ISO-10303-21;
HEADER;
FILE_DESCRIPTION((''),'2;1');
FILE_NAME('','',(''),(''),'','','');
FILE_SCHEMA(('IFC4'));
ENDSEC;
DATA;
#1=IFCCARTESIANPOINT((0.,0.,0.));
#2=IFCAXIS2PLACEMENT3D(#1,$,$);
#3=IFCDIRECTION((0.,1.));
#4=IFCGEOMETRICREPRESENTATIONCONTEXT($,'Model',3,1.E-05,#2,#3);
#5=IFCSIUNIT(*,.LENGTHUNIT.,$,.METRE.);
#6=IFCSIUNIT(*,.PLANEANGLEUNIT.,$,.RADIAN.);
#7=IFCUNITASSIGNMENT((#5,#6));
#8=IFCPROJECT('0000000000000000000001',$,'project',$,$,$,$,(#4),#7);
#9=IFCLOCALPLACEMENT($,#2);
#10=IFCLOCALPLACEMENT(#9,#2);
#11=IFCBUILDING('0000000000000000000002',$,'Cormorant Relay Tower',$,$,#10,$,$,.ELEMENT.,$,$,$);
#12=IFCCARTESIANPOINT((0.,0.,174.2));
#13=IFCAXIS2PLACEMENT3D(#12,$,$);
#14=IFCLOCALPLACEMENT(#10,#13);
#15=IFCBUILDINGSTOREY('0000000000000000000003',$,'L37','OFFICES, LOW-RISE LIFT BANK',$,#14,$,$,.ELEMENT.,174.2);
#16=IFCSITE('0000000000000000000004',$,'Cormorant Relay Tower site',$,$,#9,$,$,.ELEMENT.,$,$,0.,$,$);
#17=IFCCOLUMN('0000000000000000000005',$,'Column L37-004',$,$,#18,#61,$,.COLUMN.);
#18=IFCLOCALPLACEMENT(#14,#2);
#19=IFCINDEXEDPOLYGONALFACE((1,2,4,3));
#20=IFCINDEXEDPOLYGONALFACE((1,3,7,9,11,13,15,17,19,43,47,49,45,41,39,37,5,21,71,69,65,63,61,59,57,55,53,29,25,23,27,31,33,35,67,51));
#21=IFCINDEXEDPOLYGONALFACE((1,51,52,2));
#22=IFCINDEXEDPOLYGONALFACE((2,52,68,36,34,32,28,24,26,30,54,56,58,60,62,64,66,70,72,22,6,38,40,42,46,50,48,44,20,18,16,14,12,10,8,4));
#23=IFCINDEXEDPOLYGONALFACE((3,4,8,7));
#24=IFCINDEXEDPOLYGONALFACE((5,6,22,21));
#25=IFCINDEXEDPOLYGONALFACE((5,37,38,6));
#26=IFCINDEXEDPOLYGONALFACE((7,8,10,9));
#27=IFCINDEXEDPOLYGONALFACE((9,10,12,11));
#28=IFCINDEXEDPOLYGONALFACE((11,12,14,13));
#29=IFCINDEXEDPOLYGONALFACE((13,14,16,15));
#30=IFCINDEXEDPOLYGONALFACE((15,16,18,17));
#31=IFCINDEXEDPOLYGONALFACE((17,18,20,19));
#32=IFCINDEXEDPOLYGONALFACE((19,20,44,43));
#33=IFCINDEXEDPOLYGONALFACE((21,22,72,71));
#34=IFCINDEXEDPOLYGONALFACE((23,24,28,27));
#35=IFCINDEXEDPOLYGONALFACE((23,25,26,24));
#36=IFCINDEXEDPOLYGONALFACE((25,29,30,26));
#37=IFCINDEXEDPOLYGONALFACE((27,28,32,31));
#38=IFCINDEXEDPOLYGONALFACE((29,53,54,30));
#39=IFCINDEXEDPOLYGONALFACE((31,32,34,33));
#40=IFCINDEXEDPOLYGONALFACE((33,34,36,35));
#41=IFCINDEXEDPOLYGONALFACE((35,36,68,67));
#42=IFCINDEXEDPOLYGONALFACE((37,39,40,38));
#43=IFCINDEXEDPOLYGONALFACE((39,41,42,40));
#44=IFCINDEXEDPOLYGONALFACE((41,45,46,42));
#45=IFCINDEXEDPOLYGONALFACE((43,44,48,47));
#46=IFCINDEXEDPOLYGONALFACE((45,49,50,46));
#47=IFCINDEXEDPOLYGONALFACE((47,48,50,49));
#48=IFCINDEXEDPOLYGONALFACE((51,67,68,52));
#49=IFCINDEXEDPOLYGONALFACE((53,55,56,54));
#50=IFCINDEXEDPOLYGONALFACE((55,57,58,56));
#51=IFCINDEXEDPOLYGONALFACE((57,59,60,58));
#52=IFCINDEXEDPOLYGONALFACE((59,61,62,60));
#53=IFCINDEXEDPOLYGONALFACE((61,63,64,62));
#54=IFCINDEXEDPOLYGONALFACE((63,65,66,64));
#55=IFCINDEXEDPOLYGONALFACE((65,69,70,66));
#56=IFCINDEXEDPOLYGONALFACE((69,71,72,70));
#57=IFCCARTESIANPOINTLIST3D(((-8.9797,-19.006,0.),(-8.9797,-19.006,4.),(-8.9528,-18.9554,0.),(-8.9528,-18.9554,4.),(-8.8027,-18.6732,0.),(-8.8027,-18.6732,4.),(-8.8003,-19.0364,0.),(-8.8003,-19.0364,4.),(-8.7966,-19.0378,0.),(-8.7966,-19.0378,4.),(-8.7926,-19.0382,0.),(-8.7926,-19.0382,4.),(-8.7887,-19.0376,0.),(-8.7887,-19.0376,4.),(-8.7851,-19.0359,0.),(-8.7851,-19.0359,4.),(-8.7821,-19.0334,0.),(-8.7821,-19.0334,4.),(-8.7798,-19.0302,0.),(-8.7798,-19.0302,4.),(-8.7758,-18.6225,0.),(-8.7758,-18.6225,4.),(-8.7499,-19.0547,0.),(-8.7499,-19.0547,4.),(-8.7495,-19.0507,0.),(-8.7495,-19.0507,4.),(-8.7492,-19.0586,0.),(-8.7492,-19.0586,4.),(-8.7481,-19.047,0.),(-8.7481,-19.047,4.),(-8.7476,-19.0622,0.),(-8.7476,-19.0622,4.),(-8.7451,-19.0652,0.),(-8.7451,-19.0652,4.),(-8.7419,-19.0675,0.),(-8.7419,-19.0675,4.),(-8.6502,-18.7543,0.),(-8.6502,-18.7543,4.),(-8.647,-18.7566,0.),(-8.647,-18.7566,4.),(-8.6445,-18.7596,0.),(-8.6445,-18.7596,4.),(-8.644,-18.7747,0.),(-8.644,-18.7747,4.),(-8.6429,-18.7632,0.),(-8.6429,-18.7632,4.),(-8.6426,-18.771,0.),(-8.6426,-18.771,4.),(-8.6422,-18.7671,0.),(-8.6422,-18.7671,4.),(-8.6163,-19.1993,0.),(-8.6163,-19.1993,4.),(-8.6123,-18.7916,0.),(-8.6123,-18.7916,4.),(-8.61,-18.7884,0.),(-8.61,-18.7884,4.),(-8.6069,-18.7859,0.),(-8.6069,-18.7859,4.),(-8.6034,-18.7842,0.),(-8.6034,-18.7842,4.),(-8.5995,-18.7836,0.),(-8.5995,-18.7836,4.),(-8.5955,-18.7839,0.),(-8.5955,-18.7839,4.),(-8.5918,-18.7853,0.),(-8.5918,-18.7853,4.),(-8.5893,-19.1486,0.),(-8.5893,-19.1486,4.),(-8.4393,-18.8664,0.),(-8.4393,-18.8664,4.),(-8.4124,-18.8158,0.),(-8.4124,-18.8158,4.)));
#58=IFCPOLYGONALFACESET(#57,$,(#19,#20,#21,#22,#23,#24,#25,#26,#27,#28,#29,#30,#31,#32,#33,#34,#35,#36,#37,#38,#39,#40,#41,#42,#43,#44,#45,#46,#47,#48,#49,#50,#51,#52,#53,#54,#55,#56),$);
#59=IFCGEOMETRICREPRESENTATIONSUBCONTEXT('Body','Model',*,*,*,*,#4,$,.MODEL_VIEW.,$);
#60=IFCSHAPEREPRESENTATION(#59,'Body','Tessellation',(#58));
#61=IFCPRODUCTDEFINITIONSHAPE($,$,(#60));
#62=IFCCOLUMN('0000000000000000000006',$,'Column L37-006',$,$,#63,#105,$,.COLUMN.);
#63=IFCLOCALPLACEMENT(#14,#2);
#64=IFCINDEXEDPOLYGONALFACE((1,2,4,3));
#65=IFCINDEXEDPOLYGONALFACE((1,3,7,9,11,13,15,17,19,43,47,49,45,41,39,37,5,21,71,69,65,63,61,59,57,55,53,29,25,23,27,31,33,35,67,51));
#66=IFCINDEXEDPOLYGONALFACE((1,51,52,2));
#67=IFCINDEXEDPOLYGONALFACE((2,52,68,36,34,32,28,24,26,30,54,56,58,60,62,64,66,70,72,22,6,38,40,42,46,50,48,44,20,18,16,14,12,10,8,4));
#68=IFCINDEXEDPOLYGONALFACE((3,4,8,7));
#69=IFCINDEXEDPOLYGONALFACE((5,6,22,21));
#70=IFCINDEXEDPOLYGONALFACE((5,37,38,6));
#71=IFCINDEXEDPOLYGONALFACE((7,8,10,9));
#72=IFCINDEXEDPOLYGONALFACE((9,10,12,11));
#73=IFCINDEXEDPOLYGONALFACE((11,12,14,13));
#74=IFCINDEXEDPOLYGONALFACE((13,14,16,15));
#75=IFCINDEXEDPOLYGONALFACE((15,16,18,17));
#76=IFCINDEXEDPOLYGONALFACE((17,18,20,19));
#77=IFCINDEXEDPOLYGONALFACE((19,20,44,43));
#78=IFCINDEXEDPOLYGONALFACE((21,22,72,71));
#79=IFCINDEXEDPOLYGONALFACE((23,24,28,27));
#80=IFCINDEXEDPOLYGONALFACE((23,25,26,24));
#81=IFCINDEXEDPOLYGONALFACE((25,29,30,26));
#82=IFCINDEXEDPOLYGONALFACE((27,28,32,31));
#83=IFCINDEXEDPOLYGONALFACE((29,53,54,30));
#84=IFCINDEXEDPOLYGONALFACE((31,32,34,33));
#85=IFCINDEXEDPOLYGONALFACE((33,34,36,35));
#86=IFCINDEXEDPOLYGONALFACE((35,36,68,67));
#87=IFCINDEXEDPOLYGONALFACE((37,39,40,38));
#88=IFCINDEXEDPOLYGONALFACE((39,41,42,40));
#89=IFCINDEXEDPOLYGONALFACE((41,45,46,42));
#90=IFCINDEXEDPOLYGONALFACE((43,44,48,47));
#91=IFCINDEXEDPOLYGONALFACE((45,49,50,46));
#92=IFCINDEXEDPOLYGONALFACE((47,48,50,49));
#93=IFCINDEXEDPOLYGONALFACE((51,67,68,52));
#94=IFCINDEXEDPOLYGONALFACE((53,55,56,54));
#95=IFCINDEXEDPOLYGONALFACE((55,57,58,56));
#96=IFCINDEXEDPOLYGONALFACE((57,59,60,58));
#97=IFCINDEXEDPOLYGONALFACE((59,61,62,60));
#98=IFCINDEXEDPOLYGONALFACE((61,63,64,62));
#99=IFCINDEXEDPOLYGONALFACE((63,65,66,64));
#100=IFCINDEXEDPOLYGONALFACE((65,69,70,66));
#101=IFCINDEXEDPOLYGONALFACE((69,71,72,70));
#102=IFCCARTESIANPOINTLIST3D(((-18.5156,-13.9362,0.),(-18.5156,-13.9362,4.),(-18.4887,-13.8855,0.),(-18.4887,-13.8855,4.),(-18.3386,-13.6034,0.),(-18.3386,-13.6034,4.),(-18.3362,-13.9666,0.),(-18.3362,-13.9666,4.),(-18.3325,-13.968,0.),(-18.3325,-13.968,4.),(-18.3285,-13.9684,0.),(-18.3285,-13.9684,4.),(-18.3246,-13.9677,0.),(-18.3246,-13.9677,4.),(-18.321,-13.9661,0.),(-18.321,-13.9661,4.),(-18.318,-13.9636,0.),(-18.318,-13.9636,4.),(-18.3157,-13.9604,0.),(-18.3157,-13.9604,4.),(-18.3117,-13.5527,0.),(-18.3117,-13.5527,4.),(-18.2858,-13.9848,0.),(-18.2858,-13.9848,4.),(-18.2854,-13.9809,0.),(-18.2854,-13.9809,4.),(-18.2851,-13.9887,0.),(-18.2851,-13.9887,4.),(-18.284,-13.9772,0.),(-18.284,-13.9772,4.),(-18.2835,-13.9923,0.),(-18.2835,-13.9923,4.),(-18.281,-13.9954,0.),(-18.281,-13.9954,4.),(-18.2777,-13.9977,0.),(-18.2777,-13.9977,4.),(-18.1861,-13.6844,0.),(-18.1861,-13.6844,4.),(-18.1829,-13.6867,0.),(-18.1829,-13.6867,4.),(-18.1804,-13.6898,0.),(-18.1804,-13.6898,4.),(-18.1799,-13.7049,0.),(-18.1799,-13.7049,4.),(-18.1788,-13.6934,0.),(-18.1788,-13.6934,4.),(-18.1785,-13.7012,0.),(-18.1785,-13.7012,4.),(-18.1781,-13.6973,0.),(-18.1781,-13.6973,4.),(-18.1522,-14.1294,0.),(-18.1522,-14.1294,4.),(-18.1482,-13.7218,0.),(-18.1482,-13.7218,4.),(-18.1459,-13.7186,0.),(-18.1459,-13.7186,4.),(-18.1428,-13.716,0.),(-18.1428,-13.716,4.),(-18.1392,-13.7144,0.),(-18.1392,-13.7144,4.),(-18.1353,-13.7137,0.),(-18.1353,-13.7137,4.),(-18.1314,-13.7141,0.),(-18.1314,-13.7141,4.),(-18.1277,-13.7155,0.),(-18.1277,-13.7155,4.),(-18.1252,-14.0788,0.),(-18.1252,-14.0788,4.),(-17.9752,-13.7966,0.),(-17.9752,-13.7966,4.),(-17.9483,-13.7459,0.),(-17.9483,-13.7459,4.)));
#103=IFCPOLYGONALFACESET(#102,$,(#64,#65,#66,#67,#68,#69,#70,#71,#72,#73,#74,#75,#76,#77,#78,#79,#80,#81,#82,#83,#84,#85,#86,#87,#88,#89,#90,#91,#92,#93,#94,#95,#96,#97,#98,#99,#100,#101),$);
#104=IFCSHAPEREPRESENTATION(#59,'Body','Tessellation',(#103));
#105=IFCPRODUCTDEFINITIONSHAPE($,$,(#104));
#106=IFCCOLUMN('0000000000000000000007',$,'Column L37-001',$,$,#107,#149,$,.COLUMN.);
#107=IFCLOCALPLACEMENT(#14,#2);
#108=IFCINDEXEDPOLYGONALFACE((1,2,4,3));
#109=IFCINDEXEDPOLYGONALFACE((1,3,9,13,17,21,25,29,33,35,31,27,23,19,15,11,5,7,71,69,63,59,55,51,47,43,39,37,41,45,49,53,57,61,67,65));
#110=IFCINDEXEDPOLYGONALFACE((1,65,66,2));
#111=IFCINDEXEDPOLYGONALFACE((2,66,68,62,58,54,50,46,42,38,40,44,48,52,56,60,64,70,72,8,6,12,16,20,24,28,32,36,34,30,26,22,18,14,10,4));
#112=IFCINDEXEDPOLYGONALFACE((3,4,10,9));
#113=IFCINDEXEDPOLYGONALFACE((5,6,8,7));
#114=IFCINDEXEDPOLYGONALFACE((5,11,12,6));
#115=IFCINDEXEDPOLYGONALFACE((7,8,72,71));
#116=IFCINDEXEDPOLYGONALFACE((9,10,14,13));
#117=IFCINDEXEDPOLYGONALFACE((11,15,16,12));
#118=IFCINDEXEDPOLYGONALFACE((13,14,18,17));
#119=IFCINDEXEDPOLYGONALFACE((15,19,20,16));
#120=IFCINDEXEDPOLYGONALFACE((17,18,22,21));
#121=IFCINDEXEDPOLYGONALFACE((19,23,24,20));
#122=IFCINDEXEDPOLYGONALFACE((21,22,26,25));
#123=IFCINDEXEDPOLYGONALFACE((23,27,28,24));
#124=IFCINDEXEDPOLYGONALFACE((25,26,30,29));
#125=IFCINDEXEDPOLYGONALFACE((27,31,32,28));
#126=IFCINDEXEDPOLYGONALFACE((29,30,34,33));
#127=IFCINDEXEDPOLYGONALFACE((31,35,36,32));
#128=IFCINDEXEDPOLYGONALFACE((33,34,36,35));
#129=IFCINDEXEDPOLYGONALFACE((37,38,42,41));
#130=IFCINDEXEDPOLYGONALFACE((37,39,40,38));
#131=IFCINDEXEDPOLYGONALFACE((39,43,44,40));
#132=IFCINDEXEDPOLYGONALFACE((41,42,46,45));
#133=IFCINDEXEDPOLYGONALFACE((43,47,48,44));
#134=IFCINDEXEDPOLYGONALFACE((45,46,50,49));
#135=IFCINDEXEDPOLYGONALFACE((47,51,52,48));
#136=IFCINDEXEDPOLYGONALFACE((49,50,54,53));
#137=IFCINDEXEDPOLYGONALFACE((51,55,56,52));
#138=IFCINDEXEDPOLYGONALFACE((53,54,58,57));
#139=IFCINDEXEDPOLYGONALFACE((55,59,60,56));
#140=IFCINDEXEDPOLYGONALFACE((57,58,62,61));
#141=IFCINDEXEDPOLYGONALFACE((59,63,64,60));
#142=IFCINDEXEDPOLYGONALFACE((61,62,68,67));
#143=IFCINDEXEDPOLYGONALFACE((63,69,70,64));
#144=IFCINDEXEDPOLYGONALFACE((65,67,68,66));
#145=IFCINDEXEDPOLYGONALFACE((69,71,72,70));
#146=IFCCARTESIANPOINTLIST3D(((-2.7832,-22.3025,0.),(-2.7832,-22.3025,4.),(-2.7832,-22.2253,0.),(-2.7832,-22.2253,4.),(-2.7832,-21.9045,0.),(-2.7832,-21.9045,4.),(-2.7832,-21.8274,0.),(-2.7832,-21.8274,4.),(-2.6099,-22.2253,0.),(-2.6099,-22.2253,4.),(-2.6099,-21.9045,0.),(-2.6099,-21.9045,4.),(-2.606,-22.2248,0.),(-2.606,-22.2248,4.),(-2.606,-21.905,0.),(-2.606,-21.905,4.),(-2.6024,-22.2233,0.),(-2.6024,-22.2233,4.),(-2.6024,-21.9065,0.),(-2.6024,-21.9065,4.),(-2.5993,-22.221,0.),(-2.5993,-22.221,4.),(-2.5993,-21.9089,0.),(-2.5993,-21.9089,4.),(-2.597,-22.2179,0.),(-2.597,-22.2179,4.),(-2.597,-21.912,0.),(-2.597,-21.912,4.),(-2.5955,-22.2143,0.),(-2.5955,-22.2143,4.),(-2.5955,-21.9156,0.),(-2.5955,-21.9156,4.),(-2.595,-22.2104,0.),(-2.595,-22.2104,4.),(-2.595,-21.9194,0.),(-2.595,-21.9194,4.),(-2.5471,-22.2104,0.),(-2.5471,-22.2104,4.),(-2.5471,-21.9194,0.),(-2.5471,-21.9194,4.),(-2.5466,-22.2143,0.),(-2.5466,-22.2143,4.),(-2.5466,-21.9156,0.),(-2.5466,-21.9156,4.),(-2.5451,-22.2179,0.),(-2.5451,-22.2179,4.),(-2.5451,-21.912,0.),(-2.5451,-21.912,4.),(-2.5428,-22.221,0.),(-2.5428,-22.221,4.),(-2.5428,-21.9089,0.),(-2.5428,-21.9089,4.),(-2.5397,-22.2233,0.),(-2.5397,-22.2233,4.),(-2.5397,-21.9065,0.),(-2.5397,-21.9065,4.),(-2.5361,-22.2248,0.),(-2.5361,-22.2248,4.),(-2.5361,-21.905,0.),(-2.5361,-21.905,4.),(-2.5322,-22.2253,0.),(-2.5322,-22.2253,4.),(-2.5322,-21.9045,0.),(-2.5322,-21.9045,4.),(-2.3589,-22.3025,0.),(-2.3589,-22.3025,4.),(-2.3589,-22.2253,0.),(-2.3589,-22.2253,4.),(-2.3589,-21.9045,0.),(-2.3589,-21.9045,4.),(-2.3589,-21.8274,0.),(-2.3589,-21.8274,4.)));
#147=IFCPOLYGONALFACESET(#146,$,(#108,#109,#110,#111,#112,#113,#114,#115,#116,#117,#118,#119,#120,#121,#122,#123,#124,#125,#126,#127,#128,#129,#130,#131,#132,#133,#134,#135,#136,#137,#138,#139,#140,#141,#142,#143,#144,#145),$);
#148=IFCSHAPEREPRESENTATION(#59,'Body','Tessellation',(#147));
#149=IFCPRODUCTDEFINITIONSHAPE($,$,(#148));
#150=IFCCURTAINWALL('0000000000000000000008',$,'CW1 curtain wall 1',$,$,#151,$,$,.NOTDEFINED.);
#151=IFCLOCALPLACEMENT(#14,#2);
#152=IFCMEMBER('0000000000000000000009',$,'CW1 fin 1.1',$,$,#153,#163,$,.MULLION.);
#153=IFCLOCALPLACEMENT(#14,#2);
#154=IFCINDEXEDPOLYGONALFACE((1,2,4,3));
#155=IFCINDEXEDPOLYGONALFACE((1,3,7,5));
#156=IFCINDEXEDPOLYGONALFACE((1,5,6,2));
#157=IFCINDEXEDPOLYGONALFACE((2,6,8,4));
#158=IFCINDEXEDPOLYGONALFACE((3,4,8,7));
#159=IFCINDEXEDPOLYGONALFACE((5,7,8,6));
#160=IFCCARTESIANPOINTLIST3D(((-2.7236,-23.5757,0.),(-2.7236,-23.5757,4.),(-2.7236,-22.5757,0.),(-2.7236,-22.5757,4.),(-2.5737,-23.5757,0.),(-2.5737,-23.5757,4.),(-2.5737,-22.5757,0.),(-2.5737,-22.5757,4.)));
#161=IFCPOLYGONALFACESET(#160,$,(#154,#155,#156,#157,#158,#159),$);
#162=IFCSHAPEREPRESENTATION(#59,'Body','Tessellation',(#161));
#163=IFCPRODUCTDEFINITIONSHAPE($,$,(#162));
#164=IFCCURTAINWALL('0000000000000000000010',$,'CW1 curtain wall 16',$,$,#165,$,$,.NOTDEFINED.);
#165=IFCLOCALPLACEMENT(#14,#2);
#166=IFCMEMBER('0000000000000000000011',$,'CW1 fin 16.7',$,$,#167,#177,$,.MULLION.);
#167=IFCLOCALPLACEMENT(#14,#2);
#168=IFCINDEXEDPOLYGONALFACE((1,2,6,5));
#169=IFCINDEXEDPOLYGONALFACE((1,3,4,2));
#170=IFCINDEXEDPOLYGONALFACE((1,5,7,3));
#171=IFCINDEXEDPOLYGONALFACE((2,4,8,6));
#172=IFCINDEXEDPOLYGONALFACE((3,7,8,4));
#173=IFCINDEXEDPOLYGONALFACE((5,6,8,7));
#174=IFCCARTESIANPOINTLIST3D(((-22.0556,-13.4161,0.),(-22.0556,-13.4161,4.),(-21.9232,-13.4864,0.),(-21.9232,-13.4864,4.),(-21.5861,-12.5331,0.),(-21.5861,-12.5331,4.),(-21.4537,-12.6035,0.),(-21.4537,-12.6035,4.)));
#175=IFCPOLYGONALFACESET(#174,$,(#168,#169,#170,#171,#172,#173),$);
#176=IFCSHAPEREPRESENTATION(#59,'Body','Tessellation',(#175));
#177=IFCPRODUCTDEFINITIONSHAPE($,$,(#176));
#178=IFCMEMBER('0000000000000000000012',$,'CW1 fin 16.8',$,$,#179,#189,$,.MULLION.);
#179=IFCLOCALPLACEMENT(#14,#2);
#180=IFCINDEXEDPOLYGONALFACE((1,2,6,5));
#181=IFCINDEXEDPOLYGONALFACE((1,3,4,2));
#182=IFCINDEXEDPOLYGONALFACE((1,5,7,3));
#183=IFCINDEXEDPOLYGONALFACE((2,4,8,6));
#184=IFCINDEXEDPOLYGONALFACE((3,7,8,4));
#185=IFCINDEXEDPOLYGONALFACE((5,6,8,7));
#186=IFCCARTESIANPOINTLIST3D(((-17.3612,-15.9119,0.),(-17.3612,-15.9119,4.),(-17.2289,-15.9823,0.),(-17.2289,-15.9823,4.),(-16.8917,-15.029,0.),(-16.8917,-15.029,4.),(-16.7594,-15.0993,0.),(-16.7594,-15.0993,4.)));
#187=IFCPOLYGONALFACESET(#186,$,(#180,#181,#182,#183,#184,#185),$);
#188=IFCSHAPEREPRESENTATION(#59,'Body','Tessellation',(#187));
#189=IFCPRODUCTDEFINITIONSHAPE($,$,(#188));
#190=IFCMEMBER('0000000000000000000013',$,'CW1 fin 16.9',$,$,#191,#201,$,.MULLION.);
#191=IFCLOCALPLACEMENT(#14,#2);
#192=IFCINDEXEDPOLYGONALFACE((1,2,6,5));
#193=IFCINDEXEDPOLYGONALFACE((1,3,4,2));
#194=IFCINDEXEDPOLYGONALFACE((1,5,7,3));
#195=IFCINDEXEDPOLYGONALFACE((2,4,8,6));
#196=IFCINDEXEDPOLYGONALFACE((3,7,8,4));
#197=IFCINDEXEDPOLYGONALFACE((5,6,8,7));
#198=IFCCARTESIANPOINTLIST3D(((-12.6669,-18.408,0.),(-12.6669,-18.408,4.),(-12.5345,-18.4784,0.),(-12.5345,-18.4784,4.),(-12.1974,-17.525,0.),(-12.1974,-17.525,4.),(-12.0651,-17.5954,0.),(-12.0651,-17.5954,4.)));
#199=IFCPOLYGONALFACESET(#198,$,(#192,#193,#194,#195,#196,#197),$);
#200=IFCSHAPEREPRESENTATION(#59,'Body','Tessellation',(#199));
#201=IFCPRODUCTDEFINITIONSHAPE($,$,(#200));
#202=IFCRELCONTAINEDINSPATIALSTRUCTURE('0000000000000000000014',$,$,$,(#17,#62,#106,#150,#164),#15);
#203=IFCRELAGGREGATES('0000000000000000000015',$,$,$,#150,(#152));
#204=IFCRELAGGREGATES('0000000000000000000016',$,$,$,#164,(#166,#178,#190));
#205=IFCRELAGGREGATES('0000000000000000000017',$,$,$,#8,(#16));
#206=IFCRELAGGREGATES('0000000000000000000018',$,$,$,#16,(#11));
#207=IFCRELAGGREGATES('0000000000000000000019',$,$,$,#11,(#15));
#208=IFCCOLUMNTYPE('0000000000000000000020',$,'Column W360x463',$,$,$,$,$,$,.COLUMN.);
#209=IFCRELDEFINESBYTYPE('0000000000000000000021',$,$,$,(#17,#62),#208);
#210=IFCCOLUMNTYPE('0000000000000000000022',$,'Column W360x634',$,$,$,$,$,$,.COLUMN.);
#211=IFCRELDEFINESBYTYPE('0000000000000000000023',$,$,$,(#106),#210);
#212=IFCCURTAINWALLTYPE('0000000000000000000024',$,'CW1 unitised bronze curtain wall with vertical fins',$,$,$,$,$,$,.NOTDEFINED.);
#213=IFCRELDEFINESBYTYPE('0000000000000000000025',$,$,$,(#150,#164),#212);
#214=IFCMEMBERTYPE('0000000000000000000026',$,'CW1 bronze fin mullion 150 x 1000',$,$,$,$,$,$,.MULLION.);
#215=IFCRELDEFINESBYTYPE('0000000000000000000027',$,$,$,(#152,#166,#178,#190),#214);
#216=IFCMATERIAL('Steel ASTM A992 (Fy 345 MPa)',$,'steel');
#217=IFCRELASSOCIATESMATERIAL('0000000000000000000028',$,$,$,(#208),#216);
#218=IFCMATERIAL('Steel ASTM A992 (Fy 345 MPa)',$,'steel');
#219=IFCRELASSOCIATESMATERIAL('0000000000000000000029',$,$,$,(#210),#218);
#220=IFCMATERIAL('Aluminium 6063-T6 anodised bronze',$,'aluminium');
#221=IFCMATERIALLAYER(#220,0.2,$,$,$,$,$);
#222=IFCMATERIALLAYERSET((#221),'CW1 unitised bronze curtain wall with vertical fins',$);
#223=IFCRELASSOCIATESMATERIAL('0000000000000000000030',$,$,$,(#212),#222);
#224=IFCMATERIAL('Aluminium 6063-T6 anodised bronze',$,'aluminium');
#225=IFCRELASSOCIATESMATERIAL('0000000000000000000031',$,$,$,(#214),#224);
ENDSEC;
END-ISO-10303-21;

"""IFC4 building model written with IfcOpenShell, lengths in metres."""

from ifc_helpers import new_model, si_unit, direction, frame, origin, origin_2d, place, context, subcontext, project, spatial, rectangle, i_section, extrude, material, layer, layer_set, material_profile, profile_set, type_object, element, aggregate, save


model = new_model("IFC4")

# Units and contexts
model_context = context("Model", 3, precision=1e-05, world=origin(), true_north=direction((0.0, 1.0)))
body_context = subcontext(model_context, "Body", "Model", "MODEL_VIEW")
ifc_project = project(units=[si_unit("LENGTHUNIT", "METRE"), si_unit("PLANEANGLEUNIT", "RADIAN")], contexts=[model_context])

# Site, building, storey
site_placement = place(None, origin())
site = spatial("IfcSite", under=ifc_project, at=site_placement, Name="Cormorant Relay Tower site", CompositionType="ELEMENT", RefElevation=0.0)
building_placement = place(site_placement, origin())
building = spatial("IfcBuilding", under=site, at=building_placement, Name="Cormorant Relay Tower", CompositionType="ELEMENT")
storey_placement = place(building_placement, frame((0.0, 0.0, 174.2)))
storey = spatial("IfcBuildingStorey", under=building, at=storey_placement, Name="L37", Description="OFFICES, LOW-RISE LIFT BANK", CompositionType="ELEMENT", Elevation=174.2)

# Columns
ifc_material_1 = material(Name="Steel ASTM A992 (Fy 345 MPa)", Category="steel")
ifc_material_profile_1 = material_profile(ifc_material_1, i_section(OverallWidth=0.4116, OverallDepth=0.4343, WebThickness=0.0359, FlangeThickness=0.0574, FilletRadius=0.0151, at=origin_2d()), Name="W360x463")
ifc_profile_set_1 = profile_set([ifc_material_profile_1], Name="Steel ASTM A992 (Fy 345 MPa)")
column_type_1 = type_object("IfcColumnType", Name="Column W360x463", PredefinedType="COLUMN", material=ifc_profile_set_1)
for number, where, z_axis, x_axis, name in (
    (1, (-8.696, -18.9109, 0.0), (0.0, 0.0, 1.0), (0.882948, -0.469472, 0.0), "Column L37-004"),
    (2, (-18.2319, -13.8411, 0.0), (0.0, 0.0, 1.0), (0.882948, -0.469472, 0.0), "Column L37-006"),
):
    element("IfcColumn", number, at=place(storey_placement, frame(where, z_axis=z_axis, x_axis=x_axis)), inside=storey, type_object=column_type_1, Name=name, PredefinedType="COLUMN", context=body_context, shape_type="SweptSolid", body=[
        extrude(i_section(OverallWidth=0.4116, OverallDepth=0.4343, WebThickness=0.0359, FlangeThickness=0.0574, FilletRadius=0.0151, at=origin_2d()), origin(), (0.0, 0.0, 1.0), 4.0),
    ])
ifc_material_2 = material(Name="Steel ASTM A992 (Fy 345 MPa)", Category="steel")
ifc_material_profile_2 = material_profile(ifc_material_2, i_section(OverallWidth=0.4243, OverallDepth=0.4751, WebThickness=0.0479, FlangeThickness=0.0771, FilletRadius=0.0149, at=origin_2d()), Name="W360x634")
ifc_profile_set_2 = profile_set([ifc_material_profile_2], Name="Steel ASTM A992 (Fy 345 MPa)")
column_type_2 = type_object("IfcColumnType", Name="Column W360x634", PredefinedType="COLUMN", material=ifc_profile_set_2)
column_placement = place(storey_placement, frame((-2.571, -22.0649, 0.0), z_axis=(0.0, 0.0, 1.0), x_axis=(1.0, 0.0, 0.0)))
element("IfcColumn", 3, at=column_placement, inside=storey, type_object=column_type_2, Name="Column L37-001", PredefinedType="COLUMN", context=body_context, shape_type="SweptSolid", body=[
    extrude(i_section(OverallWidth=0.4243, OverallDepth=0.4751, WebThickness=0.0479, FlangeThickness=0.0771, FilletRadius=0.0149, at=origin_2d()), origin(), (0.0, 0.0, 1.0), 4.0),
])

# Curtain wall, member
ifc_material_3 = material(Name="Aluminium 6063-T6 anodised bronze", Category="aluminium")
ifc_layer_1 = layer(ifc_material_3, 0.2)
ifc_layer_set_1 = layer_set([ifc_layer_1], Name="CW1 unitised bronze curtain wall with vertical fins")
curtain_wall_type = type_object("IfcCurtainWallType", Name="CW1 unitised bronze curtain wall with vertical fins", PredefinedType="NOTDEFINED", material=ifc_layer_set_1)
curtain_wall_1_placement = place(storey_placement, origin())
curtain_wall_1 = element("IfcCurtainWall", 4, at=curtain_wall_1_placement, inside=storey, type_object=curtain_wall_type, Name="CW1 curtain wall 1", PredefinedType="NOTDEFINED")
ifc_material_4 = material(Name="Aluminium 6063-T6 anodised bronze", Category="aluminium")
ifc_material_profile_3 = material_profile(ifc_material_4, rectangle(XDim=0.1499, YDim=1.0, at=origin_2d()), Name="AL 150x1000")
ifc_profile_set_3 = profile_set([ifc_material_profile_3], Name="Aluminium 6063-T6 anodised bronze")
member_type_1 = type_object("IfcMemberType", Name="CW1 bronze fin mullion 150 x 1000", PredefinedType="MULLION", material=ifc_profile_set_3)
member_1_placement = place(storey_placement, frame((-2.6487, -23.0757, 0.0), z_axis=(0.0, 0.0, 1.0), x_axis=(1.0, 0.0, 0.0)))
member_1 = element("IfcMember", 5, at=member_1_placement, type_object=member_type_1, Name="CW1 fin 1.1", PredefinedType="MULLION", context=body_context, shape_type="SweptSolid", body=[
    extrude(rectangle(XDim=0.1499, YDim=1.0, at=origin_2d()), origin(), (0.0, 0.0, 1.0), 4.0),
])

# Curtain wall, members
curtain_wall_2_placement = place(storey_placement, origin())
curtain_wall_2 = element("IfcCurtainWall", 6, at=curtain_wall_2_placement, inside=storey, type_object=curtain_wall_type, Name="CW1 curtain wall 16", PredefinedType="NOTDEFINED")
member_2_placement = place(storey_placement, frame((-21.7546, -13.0098, 0.0), z_axis=(0.0, 0.0, 1.0), x_axis=(0.882948, -0.469472, 0.0)))
member_2 = element("IfcMember", 7, at=member_2_placement, type_object=member_type_1, Name="CW1 fin 16.7", PredefinedType="MULLION", context=body_context, shape_type="SweptSolid", body=[
    extrude(rectangle(XDim=0.1499, YDim=1.0, at=origin_2d()), origin(), (0.0, 0.0, 1.0), 4.0),
])
member_3_placement = place(storey_placement, frame((-17.0603, -15.5056, 0.0), z_axis=(0.0, 0.0, 1.0), x_axis=(0.882948, -0.469472, 0.0)))
member_3 = element("IfcMember", 8, at=member_3_placement, type_object=member_type_1, Name="CW1 fin 16.8", PredefinedType="MULLION", context=body_context, shape_type="SweptSolid", body=[
    extrude(rectangle(XDim=0.1499, YDim=1.0, at=origin_2d()), origin(), (0.0, 0.0, 1.0), 4.0),
])
member_4_placement = place(storey_placement, frame((-12.366, -18.0017, 0.0), z_axis=(0.0, 0.0, 1.0), x_axis=(0.882948, -0.469472, 0.0)))
member_4 = element("IfcMember", 9, at=member_4_placement, type_object=member_type_1, Name="CW1 fin 16.9", PredefinedType="MULLION", context=body_context, shape_type="SweptSolid", body=[
    extrude(rectangle(XDim=0.1499, YDim=1.0, at=origin_2d()), origin(), (0.0, 0.0, 1.0), 4.0),
])

aggregate(curtain_wall_1, [member_1])

aggregate(curtain_wall_2, [member_2, member_3, member_4])

save(model, "model.ifc")
